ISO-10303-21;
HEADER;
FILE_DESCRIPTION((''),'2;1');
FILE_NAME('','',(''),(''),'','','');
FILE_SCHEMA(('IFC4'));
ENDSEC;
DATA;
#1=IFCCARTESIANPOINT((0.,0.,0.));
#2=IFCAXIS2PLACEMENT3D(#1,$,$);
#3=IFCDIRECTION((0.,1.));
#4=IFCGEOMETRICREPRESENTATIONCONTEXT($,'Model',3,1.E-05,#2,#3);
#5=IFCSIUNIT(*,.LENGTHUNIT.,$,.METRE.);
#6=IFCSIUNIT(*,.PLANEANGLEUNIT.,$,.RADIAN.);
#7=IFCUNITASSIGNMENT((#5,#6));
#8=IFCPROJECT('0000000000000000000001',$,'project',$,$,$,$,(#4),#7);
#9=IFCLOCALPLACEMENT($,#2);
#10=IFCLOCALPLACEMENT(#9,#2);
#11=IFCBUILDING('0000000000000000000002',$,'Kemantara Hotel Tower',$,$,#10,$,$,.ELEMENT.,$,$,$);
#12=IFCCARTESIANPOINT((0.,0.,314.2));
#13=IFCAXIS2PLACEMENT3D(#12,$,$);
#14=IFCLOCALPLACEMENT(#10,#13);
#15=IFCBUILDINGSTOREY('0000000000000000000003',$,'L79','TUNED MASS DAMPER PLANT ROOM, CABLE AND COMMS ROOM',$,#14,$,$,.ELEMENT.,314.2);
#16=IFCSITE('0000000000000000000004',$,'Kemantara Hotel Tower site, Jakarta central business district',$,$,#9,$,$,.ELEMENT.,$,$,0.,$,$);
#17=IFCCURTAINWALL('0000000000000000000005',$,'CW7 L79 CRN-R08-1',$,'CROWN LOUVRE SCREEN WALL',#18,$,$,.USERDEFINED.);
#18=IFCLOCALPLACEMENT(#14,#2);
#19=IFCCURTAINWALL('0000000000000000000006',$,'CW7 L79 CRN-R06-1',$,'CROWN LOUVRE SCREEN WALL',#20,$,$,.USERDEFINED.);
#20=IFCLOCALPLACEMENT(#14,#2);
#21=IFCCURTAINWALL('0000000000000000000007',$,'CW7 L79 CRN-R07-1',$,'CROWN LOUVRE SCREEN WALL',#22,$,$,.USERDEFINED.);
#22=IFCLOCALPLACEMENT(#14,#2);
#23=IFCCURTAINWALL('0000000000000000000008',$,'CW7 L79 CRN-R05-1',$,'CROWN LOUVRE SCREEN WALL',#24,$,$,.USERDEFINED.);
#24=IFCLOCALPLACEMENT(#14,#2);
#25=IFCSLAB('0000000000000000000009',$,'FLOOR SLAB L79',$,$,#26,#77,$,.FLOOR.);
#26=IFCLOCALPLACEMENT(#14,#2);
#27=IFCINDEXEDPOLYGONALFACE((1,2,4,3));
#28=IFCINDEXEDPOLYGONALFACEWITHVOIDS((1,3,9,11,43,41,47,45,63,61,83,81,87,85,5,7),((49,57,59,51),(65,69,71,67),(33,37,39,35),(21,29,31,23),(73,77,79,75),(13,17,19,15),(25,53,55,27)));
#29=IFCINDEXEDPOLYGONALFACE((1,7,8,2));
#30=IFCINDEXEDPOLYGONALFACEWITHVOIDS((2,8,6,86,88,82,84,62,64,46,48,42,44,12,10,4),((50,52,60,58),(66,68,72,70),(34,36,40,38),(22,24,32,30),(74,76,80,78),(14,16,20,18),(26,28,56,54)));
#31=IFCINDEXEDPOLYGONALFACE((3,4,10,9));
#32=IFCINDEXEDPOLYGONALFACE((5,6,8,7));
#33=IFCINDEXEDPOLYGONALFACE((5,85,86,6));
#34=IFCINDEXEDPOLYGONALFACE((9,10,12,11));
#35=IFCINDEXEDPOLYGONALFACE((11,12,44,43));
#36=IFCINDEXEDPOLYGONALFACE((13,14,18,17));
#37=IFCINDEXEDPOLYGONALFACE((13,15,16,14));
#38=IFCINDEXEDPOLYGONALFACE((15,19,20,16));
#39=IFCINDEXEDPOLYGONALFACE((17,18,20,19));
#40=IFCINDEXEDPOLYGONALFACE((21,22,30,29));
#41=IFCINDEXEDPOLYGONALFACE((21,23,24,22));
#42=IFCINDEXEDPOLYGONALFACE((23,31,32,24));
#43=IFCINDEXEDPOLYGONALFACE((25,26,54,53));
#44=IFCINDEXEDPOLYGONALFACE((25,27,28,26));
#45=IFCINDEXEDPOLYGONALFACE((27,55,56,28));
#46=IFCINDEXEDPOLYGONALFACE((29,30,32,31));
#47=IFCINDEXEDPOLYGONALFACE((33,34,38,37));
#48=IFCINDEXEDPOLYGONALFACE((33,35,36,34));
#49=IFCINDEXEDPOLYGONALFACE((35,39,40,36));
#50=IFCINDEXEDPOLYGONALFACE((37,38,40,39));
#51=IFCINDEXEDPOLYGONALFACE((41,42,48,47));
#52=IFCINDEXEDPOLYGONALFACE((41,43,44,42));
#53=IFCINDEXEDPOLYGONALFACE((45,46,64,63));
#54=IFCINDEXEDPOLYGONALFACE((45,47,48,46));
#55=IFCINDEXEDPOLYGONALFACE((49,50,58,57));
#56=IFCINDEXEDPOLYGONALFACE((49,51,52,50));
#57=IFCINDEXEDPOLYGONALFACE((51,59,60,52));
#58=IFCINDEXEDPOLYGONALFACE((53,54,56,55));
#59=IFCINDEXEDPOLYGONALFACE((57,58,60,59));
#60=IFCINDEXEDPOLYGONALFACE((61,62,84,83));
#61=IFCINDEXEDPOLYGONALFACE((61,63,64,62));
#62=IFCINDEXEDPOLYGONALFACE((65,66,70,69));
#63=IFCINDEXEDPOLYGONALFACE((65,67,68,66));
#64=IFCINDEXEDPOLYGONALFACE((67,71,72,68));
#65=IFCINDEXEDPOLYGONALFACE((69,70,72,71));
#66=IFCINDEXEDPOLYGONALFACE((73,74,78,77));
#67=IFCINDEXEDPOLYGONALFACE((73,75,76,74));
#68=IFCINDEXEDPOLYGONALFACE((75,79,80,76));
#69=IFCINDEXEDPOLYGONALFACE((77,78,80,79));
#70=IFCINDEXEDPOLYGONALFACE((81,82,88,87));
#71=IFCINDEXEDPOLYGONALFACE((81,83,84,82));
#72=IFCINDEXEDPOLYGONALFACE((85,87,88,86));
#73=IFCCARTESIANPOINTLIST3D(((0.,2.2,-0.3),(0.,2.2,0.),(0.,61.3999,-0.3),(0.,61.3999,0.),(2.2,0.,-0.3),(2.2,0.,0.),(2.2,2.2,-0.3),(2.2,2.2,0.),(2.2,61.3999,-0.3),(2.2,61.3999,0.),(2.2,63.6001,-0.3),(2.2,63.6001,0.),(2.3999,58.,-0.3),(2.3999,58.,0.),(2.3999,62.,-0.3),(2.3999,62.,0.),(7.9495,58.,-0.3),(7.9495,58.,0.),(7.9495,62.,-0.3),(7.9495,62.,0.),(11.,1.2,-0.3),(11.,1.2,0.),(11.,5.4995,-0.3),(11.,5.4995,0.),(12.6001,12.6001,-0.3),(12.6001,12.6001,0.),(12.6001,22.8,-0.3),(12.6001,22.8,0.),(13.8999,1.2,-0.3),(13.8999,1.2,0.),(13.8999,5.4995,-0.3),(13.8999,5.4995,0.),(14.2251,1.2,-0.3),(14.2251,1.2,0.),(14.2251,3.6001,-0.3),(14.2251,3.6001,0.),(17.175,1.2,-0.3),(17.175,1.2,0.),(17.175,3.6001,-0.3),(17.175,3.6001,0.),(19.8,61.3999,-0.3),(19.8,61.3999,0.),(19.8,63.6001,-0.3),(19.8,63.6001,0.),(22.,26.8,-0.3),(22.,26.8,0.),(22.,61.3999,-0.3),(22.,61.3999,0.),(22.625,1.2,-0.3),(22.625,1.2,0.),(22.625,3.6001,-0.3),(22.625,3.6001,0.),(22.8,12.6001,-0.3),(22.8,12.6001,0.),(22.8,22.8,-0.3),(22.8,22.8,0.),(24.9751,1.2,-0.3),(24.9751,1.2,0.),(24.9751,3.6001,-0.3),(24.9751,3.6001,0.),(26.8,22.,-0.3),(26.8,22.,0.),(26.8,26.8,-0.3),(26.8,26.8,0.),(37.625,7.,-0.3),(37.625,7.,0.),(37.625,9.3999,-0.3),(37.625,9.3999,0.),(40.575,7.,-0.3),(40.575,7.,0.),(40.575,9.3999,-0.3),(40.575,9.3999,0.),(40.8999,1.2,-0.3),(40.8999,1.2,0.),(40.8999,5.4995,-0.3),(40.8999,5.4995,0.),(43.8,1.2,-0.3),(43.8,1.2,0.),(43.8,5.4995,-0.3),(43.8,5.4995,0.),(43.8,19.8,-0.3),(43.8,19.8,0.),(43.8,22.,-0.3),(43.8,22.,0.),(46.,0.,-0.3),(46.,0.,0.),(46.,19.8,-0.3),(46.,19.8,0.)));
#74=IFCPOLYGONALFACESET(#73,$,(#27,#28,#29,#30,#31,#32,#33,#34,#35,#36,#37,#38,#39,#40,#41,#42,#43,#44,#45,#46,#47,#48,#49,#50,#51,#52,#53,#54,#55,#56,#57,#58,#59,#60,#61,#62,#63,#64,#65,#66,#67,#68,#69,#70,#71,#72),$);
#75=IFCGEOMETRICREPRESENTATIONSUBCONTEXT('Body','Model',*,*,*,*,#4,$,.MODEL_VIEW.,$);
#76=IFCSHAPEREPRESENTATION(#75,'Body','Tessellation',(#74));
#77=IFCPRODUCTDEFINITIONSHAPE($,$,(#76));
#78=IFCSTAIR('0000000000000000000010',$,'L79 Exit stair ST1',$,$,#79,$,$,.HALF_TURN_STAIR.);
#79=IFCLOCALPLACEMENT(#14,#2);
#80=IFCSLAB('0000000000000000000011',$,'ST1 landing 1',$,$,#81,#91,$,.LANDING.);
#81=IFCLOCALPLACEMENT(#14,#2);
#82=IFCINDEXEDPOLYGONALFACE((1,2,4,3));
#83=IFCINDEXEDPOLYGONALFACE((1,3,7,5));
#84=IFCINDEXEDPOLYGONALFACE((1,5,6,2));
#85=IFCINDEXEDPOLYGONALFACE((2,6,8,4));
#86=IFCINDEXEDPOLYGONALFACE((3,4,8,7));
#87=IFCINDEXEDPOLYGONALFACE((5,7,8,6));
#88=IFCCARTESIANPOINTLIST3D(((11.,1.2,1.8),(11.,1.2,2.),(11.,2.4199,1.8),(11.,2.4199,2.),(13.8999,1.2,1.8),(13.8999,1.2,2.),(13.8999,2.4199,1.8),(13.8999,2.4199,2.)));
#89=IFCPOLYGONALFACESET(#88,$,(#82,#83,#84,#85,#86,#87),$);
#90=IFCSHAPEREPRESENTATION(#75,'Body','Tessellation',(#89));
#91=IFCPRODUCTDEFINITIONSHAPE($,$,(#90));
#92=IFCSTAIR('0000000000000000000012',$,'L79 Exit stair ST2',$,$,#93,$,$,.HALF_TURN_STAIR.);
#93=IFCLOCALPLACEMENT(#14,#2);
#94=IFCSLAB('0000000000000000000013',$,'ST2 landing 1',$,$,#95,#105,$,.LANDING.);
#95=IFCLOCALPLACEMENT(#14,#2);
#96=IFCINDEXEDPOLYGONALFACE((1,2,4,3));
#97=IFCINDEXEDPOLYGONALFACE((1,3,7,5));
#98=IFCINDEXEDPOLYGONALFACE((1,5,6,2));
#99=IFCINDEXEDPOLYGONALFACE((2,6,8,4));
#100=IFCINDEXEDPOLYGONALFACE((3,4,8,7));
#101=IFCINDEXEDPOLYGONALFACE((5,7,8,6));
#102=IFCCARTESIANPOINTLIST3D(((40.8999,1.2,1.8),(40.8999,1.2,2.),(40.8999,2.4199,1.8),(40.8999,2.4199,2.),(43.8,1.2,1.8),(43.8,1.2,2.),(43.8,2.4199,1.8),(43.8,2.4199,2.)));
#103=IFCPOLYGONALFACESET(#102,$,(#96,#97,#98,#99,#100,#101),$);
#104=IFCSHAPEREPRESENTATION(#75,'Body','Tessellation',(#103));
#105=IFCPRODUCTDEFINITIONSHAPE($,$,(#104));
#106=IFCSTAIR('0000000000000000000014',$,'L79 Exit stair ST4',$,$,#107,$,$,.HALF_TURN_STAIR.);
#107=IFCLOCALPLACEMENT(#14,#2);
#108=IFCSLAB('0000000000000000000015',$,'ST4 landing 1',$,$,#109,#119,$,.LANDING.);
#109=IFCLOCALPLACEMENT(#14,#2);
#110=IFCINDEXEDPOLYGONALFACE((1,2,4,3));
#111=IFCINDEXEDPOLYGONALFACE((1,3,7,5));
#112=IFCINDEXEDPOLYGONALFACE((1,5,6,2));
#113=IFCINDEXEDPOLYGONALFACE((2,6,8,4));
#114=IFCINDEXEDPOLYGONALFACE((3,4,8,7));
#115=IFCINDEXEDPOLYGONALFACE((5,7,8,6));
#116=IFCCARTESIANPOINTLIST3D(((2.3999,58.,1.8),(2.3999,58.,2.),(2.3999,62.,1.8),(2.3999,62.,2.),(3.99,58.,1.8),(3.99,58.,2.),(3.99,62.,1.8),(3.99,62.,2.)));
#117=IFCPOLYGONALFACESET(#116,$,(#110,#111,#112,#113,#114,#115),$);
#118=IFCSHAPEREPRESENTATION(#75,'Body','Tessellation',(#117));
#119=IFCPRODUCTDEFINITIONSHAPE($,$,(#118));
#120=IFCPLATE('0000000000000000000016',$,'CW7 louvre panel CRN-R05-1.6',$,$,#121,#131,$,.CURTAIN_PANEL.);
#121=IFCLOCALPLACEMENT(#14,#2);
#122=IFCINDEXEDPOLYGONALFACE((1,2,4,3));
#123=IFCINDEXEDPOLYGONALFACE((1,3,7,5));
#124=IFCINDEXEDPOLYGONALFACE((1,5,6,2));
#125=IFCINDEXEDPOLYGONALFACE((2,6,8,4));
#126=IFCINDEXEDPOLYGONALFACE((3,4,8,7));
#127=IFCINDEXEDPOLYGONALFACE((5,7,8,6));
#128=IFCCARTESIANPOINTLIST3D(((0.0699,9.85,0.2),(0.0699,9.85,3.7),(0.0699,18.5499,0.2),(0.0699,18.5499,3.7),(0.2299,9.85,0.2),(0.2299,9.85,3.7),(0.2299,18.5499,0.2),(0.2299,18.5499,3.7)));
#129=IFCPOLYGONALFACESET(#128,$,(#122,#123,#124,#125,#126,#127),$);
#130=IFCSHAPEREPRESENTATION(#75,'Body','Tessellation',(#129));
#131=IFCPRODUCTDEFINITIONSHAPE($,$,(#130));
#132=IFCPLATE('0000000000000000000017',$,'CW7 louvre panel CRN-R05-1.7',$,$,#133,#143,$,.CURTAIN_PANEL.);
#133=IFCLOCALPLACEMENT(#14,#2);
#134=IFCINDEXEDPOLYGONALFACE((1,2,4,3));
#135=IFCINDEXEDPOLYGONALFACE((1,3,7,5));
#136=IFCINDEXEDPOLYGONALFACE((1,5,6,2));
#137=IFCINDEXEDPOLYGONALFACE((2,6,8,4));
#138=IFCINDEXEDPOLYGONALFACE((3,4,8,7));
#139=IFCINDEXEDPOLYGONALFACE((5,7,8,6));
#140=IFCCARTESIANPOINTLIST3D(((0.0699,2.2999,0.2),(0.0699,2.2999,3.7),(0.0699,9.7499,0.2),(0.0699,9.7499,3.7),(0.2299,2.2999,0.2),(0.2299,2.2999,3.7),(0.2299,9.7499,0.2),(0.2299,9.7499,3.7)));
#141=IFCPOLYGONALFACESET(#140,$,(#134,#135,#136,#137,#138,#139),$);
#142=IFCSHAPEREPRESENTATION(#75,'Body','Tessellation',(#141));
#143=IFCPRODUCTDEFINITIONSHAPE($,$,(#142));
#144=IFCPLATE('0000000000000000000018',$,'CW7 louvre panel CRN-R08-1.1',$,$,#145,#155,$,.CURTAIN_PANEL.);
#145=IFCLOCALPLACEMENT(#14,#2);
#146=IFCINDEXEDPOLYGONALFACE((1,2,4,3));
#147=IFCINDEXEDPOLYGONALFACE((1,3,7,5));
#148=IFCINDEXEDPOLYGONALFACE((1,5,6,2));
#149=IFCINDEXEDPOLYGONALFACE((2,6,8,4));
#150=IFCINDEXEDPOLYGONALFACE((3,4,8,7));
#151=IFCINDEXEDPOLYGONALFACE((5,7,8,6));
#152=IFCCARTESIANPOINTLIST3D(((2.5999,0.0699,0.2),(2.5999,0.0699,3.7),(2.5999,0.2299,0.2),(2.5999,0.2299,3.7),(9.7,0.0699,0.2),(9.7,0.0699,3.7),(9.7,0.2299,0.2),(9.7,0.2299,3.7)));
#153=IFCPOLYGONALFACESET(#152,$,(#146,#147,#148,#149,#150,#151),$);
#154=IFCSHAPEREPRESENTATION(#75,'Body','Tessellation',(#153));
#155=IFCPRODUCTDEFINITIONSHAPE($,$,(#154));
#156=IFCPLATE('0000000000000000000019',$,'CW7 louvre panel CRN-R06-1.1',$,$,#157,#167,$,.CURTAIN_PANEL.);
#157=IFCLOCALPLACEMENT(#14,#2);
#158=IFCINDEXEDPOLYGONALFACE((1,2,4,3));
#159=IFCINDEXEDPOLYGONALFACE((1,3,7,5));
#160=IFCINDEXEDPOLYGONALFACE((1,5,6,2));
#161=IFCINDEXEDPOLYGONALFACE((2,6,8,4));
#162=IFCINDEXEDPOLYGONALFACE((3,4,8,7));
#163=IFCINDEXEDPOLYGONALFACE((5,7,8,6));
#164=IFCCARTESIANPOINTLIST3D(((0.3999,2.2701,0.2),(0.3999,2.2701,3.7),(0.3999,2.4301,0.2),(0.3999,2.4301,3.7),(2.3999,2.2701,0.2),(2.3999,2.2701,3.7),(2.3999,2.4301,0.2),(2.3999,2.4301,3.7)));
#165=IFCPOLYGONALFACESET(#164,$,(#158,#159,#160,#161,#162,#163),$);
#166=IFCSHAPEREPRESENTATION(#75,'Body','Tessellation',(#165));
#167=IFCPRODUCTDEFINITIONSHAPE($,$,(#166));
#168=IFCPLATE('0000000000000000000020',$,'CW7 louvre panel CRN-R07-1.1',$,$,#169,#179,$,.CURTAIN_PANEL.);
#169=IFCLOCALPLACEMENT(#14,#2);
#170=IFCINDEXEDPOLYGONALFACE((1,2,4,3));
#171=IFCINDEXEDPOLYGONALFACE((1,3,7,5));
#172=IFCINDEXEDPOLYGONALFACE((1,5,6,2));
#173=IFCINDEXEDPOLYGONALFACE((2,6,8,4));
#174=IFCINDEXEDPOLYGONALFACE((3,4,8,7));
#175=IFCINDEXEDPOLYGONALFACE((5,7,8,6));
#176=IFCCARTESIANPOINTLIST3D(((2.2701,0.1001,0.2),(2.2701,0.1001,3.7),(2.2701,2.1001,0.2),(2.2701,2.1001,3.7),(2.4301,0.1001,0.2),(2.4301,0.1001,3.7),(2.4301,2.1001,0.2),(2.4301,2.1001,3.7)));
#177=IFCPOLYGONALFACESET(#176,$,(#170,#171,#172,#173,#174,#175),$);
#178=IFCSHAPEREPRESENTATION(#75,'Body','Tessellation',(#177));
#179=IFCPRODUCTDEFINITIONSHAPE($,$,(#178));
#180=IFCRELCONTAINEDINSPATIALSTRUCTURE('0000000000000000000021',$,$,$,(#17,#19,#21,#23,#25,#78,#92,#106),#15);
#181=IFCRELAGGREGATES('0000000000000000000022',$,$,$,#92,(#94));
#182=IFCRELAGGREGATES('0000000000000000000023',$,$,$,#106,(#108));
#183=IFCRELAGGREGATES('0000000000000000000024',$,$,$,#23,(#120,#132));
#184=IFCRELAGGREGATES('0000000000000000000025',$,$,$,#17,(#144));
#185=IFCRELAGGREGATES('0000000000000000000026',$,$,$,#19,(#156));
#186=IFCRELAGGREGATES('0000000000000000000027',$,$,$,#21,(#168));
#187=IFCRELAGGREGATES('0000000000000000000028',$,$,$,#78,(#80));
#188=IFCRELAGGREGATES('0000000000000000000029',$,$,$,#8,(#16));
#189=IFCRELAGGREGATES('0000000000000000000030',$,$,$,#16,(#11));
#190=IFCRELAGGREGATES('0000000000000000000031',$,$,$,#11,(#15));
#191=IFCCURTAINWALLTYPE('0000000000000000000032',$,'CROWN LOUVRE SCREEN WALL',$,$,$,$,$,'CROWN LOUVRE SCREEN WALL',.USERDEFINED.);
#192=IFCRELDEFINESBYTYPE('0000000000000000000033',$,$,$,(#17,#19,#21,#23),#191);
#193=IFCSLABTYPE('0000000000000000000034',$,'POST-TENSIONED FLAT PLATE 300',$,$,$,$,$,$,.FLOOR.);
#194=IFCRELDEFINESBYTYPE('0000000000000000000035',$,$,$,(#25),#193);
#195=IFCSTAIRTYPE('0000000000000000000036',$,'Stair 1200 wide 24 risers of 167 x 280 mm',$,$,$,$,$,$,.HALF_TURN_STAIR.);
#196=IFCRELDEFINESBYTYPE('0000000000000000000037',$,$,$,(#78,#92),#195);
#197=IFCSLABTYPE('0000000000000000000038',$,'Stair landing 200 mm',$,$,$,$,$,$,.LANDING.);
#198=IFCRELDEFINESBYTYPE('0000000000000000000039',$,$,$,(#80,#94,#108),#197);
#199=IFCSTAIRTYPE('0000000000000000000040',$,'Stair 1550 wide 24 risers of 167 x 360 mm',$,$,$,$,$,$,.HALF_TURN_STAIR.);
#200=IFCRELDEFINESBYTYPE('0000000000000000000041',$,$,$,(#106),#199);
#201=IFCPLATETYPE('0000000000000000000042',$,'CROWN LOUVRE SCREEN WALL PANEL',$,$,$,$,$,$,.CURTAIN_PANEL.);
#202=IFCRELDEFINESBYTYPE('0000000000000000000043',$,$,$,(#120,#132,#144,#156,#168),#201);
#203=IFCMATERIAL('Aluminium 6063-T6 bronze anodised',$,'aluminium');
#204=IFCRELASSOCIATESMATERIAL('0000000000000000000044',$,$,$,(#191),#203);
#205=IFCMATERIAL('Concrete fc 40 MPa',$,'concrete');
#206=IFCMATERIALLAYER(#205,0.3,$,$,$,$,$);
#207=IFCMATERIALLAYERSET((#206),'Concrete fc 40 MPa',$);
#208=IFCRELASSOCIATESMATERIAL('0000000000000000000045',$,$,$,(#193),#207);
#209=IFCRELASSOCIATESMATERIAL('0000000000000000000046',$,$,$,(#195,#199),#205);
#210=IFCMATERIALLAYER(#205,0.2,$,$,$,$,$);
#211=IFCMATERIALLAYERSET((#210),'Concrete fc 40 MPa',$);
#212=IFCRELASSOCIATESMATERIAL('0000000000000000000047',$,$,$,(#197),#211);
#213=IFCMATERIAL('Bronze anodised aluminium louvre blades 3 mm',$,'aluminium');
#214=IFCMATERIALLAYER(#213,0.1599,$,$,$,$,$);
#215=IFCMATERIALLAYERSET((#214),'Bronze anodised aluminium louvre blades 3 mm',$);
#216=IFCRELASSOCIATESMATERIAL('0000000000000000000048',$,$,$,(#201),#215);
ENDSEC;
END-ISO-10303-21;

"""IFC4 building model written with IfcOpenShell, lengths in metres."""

from ifc_helpers import new_model, si_unit, direction, frame, origin, origin_2d, place, context, subcontext, project, spatial, polyline, rectangle, outline, extrude, source, transform, mapped, material, layer, layer_set, type_object, element, aggregate, save


model = new_model("IFC4")

# Units and contexts
model_context = context("Model", 3, precision=1e-05, world=origin(), true_north=direction((0.0, 1.0)))
body_context = subcontext(model_context, "Body", "Model", "MODEL_VIEW")
ifc_project = project(units=[si_unit("LENGTHUNIT", "METRE"), si_unit("PLANEANGLEUNIT", "RADIAN")], contexts=[model_context])

# Site, building, storey
site_placement = place(None, origin())
site = spatial("IfcSite", under=ifc_project, at=site_placement, Name="Kemantara Hotel Tower site, Jakarta central business district", CompositionType="ELEMENT", RefElevation=0.0)
building_placement = place(site_placement, origin())
building = spatial("IfcBuilding", under=site, at=building_placement, Name="Kemantara Hotel Tower", CompositionType="ELEMENT")
storey_placement = place(building_placement, frame((0.0, 0.0, 314.2)))
storey = spatial("IfcBuildingStorey", under=building, at=storey_placement, Name="L79", Description="TUNED MASS DAMPER PLANT ROOM, CABLE AND COMMS ROOM", CompositionType="ELEMENT", Elevation=314.2)

# Curtain walls
ifc_material_1 = material(Name="Aluminium 6063-T6 bronze anodised", Category="aluminium")
curtain_wall_type = type_object("IfcCurtainWallType", Name="CROWN LOUVRE SCREEN WALL", ElementType="CROWN LOUVRE SCREEN WALL", PredefinedType="USERDEFINED", material=ifc_material_1)
curtain_wall_1_placement = place(storey_placement, origin())
curtain_wall_1 = element("IfcCurtainWall", 1, at=curtain_wall_1_placement, inside=storey, type_object=curtain_wall_type, Name="CW7 L79 CRN-R08-1", ObjectType="CROWN LOUVRE SCREEN WALL", PredefinedType="USERDEFINED")
curtain_wall_2_placement = place(storey_placement, origin())
curtain_wall_2 = element("IfcCurtainWall", 2, at=curtain_wall_2_placement, inside=storey, type_object=curtain_wall_type, Name="CW7 L79 CRN-R06-1", ObjectType="CROWN LOUVRE SCREEN WALL", PredefinedType="USERDEFINED")
curtain_wall_3_placement = place(storey_placement, origin())
curtain_wall_3 = element("IfcCurtainWall", 3, at=curtain_wall_3_placement, inside=storey, type_object=curtain_wall_type, Name="CW7 L79 CRN-R07-1", ObjectType="CROWN LOUVRE SCREEN WALL", PredefinedType="USERDEFINED")

# Curtain wall
curtain_wall_4_placement = place(storey_placement, origin())
curtain_wall_4 = element("IfcCurtainWall", 4, at=curtain_wall_4_placement, inside=storey, type_object=curtain_wall_type, Name="CW7 L79 CRN-R05-1", ObjectType="CROWN LOUVRE SCREEN WALL", PredefinedType="USERDEFINED")

# Slab
ifc_material_2 = material(Name="Concrete fc 40 MPa", Category="concrete")
ifc_layer_1 = layer(ifc_material_2, 0.3)
ifc_layer_set_1 = layer_set([ifc_layer_1], Name="Concrete fc 40 MPa")
slab_type_1 = type_object("IfcSlabType", Name="POST-TENSIONED FLAT PLATE 300", PredefinedType="FLOOR", material=ifc_layer_set_1)
slab_1_placement = place(storey_placement, frame((0.0, 0.0, -0.3)))
element("IfcSlab", 5, at=slab_1_placement, inside=storey, type_object=slab_type_1, Name="FLOOR SLAB L79", PredefinedType="FLOOR", context=body_context, shape_type="SweptSolid", body=[
    extrude(outline(polyline([(22.0, 26.8), (22.0, 61.3999), (19.8, 61.3999), (19.8, 63.6001), (2.2, 63.6001), (2.2, 61.3999), (0.0, 61.3999), (0.0, 2.2), (2.2, 2.2), (2.2, 0.0), (46.0, 0.0), (46.0, 19.8), (43.8, 19.8), (43.8, 22.0), (26.8, 22.0), (26.8, 26.8), (22.0, 26.8)]), holes=[polyline([(14.2251, 3.6001), (17.175, 3.6001), (17.175, 1.2), (14.2251, 1.2), (14.2251, 3.6001)]), polyline([(24.9751, 3.6001), (24.9751, 1.2), (22.625, 1.2), (22.625, 3.6001), (24.9751, 3.6001)]), polyline([(13.8999, 1.2), (11.0, 1.2), (11.0, 5.4995), (13.8999, 5.4995), (13.8999, 1.2)]), polyline([(43.8, 1.2), (40.8999, 1.2), (40.8999, 5.4995), (43.8, 5.4995), (43.8, 1.2)]), polyline([(40.575, 9.3999), (40.575, 7.0), (37.625, 7.0), (37.625, 9.3999), (40.575, 9.3999)]), polyline([(22.8, 22.8), (22.8, 12.6001), (12.6001, 12.6001), (12.6001, 22.8), (22.8, 22.8)]), polyline([(2.3999, 58.0), (2.3999, 62.0), (7.9495, 62.0), (7.9495, 58.0), (2.3999, 58.0)])]), origin(), (0.0, 0.0, 1.0), 0.3),
])

# Stairs, slabs
stair_type_1 = type_object("IfcStairType", Name="Stair 1200 wide 24 risers of 167 x 280 mm", PredefinedType="HALF_TURN_STAIR", material=ifc_material_2)
stair_1_placement = place(storey_placement, origin())
stair_1 = element("IfcStair", 6, at=stair_1_placement, inside=storey, type_object=stair_type_1, Name="L79 Exit stair ST1", PredefinedType="HALF_TURN_STAIR")
ifc_layer_2 = layer(ifc_material_2, 0.2)
ifc_layer_set_2 = layer_set([ifc_layer_2], Name="Concrete fc 40 MPa")
slab_type_2 = type_object("IfcSlabType", Name="Stair landing 200 mm", PredefinedType="LANDING", material=ifc_layer_set_2)
slab_2_placement = place(storey_placement, frame((0.0, 0.0, 1.8)))
slab_2 = element("IfcSlab", 7, at=slab_2_placement, type_object=slab_type_2, Name="ST1 landing 1", PredefinedType="LANDING", context=body_context, shape_type="SweptSolid", body=[
    extrude(outline(polyline([(11.0, 2.4199), (11.0, 1.2), (13.8999, 1.2), (13.8999, 2.4199), (11.0, 2.4199)])), origin(), (0.0, 0.0, 1.0), 0.2),
])
stair_2_placement = place(storey_placement, origin())
stair_2 = element("IfcStair", 8, at=stair_2_placement, inside=storey, type_object=stair_type_1, Name="L79 Exit stair ST2", PredefinedType="HALF_TURN_STAIR")
slab_3_placement = place(storey_placement, frame((0.0, 0.0, 1.8)))
slab_3 = element("IfcSlab", 9, at=slab_3_placement, type_object=slab_type_2, Name="ST2 landing 1", PredefinedType="LANDING", context=body_context, shape_type="SweptSolid", body=[
    extrude(outline(polyline([(40.8999, 2.4199), (40.8999, 1.2), (43.8, 1.2), (43.8, 2.4199), (40.8999, 2.4199)])), origin(), (0.0, 0.0, 1.0), 0.2),
])
aggregate(stair_2, [slab_3])
stair_type_2 = type_object("IfcStairType", Name="Stair 1550 wide 24 risers of 167 x 360 mm", PredefinedType="HALF_TURN_STAIR", material=ifc_material_2)
stair_3_placement = place(storey_placement, origin())
stair_3 = element("IfcStair", 10, at=stair_3_placement, inside=storey, type_object=stair_type_2, Name="L79 Exit stair ST4", PredefinedType="HALF_TURN_STAIR")
slab_4_placement = place(storey_placement, frame((0.0, 0.0, 1.8)))
slab_4 = element("IfcSlab", 11, at=slab_4_placement, type_object=slab_type_2, Name="ST4 landing 1", PredefinedType="LANDING", context=body_context, shape_type="SweptSolid", body=[
    extrude(outline(polyline([(3.99, 62.0), (2.3999, 62.0), (2.3999, 58.0), (3.99, 58.0), (3.99, 62.0)])), origin(), (0.0, 0.0, 1.0), 0.2),
])
aggregate(stair_3, [slab_4])

# Plates
ifc_material_3 = material(Name="Bronze anodised aluminium louvre blades 3 mm", Category="aluminium")
ifc_layer_3 = layer(ifc_material_3, 0.1599)
ifc_layer_set_3 = layer_set([ifc_layer_3], Name="Bronze anodised aluminium louvre blades 3 mm")
plate_type = type_object("IfcPlateType", Name="CROWN LOUVRE SCREEN WALL PANEL", PredefinedType="CURTAIN_PANEL", material=ifc_layer_set_3)
shared_shape_1 = source(origin(), body_context, "Body", "SweptSolid", [
    extrude(rectangle(XDim=8.7, YDim=0.1599, at=origin_2d()), origin(), (0.0, 0.0, 1.0), 3.5),
])
plate_1_placement = place(storey_placement, frame((0.1499, 14.2, 0.2), z_axis=(0.0, 0.0, 1.0), x_axis=(0.0, -1.0, 0.0)))
plate_1 = element("IfcPlate", 12, at=plate_1_placement, type_object=plate_type, Name="CW7 louvre panel CRN-R05-1.6", PredefinedType="CURTAIN_PANEL", context=body_context, shape_type="MappedRepresentation", body=[
    mapped(shared_shape_1, transform((0.0, 0.0, 0.0))),
])
shared_shape_2 = source(origin(), body_context, "Body", "SweptSolid", [
    extrude(rectangle(XDim=7.45, YDim=0.1599, at=origin_2d()), origin(), (0.0, 0.0, 1.0), 3.5),
])
plate_2_placement = place(storey_placement, frame((0.1499, 6.0249, 0.2), z_axis=(0.0, 0.0, 1.0), x_axis=(0.0, -1.0, 0.0)))
plate_2 = element("IfcPlate", 13, at=plate_2_placement, type_object=plate_type, Name="CW7 louvre panel CRN-R05-1.7", PredefinedType="CURTAIN_PANEL", context=body_context, shape_type="MappedRepresentation", body=[
    mapped(shared_shape_2, transform((0.0, 0.0, 0.0))),
])
aggregate(curtain_wall_4, [plate_1, plate_2])
shared_shape_3 = source(origin(), body_context, "Body", "SweptSolid", [
    extrude(rectangle(XDim=7.1001, YDim=0.1599, at=origin_2d()), origin(), (0.0, 0.0, 1.0), 3.5),
])
plate_3_placement = place(storey_placement, frame((6.1499, 0.1499, 0.2), z_axis=(0.0, 0.0, 1.0), x_axis=(1.0, 0.0, 0.0)))
plate_3 = element("IfcPlate", 14, at=plate_3_placement, type_object=plate_type, Name="CW7 louvre panel CRN-R08-1.1", PredefinedType="CURTAIN_PANEL", context=body_context, shape_type="MappedRepresentation", body=[
    mapped(shared_shape_3, transform((0.0, 0.0, 0.0))),
])
aggregate(curtain_wall_1, [plate_3])
shared_shape_4 = source(origin(), body_context, "Body", "SweptSolid", [
    extrude(rectangle(XDim=2.0, YDim=0.1599, at=origin_2d()), origin(), (0.0, 0.0, 1.0), 3.5),
])
plate_4_placement = place(storey_placement, frame((1.3999, 2.3501, 0.2), z_axis=(0.0, 0.0, 1.0), x_axis=(1.0, 0.0, 0.0)))
plate_4 = element("IfcPlate", 15, at=plate_4_placement, type_object=plate_type, Name="CW7 louvre panel CRN-R06-1.1", PredefinedType="CURTAIN_PANEL", context=body_context, shape_type="MappedRepresentation", body=[
    mapped(shared_shape_4, transform((0.0, 0.0, 0.0))),
])
aggregate(curtain_wall_2, [plate_4])
plate_5_placement = place(storey_placement, frame((2.3501, 1.1001, 0.2), z_axis=(0.0, 0.0, 1.0), x_axis=(0.0, -1.0, 0.0)))
plate_5 = element("IfcPlate", 16, at=plate_5_placement, type_object=plate_type, Name="CW7 louvre panel CRN-R07-1.1", PredefinedType="CURTAIN_PANEL", context=body_context, shape_type="MappedRepresentation", body=[
    mapped(shared_shape_4, transform((0.0, 0.0, 0.0))),
])
aggregate(curtain_wall_3, [plate_5])

aggregate(stair_1, [slab_2])

save(model, "model.ifc")
